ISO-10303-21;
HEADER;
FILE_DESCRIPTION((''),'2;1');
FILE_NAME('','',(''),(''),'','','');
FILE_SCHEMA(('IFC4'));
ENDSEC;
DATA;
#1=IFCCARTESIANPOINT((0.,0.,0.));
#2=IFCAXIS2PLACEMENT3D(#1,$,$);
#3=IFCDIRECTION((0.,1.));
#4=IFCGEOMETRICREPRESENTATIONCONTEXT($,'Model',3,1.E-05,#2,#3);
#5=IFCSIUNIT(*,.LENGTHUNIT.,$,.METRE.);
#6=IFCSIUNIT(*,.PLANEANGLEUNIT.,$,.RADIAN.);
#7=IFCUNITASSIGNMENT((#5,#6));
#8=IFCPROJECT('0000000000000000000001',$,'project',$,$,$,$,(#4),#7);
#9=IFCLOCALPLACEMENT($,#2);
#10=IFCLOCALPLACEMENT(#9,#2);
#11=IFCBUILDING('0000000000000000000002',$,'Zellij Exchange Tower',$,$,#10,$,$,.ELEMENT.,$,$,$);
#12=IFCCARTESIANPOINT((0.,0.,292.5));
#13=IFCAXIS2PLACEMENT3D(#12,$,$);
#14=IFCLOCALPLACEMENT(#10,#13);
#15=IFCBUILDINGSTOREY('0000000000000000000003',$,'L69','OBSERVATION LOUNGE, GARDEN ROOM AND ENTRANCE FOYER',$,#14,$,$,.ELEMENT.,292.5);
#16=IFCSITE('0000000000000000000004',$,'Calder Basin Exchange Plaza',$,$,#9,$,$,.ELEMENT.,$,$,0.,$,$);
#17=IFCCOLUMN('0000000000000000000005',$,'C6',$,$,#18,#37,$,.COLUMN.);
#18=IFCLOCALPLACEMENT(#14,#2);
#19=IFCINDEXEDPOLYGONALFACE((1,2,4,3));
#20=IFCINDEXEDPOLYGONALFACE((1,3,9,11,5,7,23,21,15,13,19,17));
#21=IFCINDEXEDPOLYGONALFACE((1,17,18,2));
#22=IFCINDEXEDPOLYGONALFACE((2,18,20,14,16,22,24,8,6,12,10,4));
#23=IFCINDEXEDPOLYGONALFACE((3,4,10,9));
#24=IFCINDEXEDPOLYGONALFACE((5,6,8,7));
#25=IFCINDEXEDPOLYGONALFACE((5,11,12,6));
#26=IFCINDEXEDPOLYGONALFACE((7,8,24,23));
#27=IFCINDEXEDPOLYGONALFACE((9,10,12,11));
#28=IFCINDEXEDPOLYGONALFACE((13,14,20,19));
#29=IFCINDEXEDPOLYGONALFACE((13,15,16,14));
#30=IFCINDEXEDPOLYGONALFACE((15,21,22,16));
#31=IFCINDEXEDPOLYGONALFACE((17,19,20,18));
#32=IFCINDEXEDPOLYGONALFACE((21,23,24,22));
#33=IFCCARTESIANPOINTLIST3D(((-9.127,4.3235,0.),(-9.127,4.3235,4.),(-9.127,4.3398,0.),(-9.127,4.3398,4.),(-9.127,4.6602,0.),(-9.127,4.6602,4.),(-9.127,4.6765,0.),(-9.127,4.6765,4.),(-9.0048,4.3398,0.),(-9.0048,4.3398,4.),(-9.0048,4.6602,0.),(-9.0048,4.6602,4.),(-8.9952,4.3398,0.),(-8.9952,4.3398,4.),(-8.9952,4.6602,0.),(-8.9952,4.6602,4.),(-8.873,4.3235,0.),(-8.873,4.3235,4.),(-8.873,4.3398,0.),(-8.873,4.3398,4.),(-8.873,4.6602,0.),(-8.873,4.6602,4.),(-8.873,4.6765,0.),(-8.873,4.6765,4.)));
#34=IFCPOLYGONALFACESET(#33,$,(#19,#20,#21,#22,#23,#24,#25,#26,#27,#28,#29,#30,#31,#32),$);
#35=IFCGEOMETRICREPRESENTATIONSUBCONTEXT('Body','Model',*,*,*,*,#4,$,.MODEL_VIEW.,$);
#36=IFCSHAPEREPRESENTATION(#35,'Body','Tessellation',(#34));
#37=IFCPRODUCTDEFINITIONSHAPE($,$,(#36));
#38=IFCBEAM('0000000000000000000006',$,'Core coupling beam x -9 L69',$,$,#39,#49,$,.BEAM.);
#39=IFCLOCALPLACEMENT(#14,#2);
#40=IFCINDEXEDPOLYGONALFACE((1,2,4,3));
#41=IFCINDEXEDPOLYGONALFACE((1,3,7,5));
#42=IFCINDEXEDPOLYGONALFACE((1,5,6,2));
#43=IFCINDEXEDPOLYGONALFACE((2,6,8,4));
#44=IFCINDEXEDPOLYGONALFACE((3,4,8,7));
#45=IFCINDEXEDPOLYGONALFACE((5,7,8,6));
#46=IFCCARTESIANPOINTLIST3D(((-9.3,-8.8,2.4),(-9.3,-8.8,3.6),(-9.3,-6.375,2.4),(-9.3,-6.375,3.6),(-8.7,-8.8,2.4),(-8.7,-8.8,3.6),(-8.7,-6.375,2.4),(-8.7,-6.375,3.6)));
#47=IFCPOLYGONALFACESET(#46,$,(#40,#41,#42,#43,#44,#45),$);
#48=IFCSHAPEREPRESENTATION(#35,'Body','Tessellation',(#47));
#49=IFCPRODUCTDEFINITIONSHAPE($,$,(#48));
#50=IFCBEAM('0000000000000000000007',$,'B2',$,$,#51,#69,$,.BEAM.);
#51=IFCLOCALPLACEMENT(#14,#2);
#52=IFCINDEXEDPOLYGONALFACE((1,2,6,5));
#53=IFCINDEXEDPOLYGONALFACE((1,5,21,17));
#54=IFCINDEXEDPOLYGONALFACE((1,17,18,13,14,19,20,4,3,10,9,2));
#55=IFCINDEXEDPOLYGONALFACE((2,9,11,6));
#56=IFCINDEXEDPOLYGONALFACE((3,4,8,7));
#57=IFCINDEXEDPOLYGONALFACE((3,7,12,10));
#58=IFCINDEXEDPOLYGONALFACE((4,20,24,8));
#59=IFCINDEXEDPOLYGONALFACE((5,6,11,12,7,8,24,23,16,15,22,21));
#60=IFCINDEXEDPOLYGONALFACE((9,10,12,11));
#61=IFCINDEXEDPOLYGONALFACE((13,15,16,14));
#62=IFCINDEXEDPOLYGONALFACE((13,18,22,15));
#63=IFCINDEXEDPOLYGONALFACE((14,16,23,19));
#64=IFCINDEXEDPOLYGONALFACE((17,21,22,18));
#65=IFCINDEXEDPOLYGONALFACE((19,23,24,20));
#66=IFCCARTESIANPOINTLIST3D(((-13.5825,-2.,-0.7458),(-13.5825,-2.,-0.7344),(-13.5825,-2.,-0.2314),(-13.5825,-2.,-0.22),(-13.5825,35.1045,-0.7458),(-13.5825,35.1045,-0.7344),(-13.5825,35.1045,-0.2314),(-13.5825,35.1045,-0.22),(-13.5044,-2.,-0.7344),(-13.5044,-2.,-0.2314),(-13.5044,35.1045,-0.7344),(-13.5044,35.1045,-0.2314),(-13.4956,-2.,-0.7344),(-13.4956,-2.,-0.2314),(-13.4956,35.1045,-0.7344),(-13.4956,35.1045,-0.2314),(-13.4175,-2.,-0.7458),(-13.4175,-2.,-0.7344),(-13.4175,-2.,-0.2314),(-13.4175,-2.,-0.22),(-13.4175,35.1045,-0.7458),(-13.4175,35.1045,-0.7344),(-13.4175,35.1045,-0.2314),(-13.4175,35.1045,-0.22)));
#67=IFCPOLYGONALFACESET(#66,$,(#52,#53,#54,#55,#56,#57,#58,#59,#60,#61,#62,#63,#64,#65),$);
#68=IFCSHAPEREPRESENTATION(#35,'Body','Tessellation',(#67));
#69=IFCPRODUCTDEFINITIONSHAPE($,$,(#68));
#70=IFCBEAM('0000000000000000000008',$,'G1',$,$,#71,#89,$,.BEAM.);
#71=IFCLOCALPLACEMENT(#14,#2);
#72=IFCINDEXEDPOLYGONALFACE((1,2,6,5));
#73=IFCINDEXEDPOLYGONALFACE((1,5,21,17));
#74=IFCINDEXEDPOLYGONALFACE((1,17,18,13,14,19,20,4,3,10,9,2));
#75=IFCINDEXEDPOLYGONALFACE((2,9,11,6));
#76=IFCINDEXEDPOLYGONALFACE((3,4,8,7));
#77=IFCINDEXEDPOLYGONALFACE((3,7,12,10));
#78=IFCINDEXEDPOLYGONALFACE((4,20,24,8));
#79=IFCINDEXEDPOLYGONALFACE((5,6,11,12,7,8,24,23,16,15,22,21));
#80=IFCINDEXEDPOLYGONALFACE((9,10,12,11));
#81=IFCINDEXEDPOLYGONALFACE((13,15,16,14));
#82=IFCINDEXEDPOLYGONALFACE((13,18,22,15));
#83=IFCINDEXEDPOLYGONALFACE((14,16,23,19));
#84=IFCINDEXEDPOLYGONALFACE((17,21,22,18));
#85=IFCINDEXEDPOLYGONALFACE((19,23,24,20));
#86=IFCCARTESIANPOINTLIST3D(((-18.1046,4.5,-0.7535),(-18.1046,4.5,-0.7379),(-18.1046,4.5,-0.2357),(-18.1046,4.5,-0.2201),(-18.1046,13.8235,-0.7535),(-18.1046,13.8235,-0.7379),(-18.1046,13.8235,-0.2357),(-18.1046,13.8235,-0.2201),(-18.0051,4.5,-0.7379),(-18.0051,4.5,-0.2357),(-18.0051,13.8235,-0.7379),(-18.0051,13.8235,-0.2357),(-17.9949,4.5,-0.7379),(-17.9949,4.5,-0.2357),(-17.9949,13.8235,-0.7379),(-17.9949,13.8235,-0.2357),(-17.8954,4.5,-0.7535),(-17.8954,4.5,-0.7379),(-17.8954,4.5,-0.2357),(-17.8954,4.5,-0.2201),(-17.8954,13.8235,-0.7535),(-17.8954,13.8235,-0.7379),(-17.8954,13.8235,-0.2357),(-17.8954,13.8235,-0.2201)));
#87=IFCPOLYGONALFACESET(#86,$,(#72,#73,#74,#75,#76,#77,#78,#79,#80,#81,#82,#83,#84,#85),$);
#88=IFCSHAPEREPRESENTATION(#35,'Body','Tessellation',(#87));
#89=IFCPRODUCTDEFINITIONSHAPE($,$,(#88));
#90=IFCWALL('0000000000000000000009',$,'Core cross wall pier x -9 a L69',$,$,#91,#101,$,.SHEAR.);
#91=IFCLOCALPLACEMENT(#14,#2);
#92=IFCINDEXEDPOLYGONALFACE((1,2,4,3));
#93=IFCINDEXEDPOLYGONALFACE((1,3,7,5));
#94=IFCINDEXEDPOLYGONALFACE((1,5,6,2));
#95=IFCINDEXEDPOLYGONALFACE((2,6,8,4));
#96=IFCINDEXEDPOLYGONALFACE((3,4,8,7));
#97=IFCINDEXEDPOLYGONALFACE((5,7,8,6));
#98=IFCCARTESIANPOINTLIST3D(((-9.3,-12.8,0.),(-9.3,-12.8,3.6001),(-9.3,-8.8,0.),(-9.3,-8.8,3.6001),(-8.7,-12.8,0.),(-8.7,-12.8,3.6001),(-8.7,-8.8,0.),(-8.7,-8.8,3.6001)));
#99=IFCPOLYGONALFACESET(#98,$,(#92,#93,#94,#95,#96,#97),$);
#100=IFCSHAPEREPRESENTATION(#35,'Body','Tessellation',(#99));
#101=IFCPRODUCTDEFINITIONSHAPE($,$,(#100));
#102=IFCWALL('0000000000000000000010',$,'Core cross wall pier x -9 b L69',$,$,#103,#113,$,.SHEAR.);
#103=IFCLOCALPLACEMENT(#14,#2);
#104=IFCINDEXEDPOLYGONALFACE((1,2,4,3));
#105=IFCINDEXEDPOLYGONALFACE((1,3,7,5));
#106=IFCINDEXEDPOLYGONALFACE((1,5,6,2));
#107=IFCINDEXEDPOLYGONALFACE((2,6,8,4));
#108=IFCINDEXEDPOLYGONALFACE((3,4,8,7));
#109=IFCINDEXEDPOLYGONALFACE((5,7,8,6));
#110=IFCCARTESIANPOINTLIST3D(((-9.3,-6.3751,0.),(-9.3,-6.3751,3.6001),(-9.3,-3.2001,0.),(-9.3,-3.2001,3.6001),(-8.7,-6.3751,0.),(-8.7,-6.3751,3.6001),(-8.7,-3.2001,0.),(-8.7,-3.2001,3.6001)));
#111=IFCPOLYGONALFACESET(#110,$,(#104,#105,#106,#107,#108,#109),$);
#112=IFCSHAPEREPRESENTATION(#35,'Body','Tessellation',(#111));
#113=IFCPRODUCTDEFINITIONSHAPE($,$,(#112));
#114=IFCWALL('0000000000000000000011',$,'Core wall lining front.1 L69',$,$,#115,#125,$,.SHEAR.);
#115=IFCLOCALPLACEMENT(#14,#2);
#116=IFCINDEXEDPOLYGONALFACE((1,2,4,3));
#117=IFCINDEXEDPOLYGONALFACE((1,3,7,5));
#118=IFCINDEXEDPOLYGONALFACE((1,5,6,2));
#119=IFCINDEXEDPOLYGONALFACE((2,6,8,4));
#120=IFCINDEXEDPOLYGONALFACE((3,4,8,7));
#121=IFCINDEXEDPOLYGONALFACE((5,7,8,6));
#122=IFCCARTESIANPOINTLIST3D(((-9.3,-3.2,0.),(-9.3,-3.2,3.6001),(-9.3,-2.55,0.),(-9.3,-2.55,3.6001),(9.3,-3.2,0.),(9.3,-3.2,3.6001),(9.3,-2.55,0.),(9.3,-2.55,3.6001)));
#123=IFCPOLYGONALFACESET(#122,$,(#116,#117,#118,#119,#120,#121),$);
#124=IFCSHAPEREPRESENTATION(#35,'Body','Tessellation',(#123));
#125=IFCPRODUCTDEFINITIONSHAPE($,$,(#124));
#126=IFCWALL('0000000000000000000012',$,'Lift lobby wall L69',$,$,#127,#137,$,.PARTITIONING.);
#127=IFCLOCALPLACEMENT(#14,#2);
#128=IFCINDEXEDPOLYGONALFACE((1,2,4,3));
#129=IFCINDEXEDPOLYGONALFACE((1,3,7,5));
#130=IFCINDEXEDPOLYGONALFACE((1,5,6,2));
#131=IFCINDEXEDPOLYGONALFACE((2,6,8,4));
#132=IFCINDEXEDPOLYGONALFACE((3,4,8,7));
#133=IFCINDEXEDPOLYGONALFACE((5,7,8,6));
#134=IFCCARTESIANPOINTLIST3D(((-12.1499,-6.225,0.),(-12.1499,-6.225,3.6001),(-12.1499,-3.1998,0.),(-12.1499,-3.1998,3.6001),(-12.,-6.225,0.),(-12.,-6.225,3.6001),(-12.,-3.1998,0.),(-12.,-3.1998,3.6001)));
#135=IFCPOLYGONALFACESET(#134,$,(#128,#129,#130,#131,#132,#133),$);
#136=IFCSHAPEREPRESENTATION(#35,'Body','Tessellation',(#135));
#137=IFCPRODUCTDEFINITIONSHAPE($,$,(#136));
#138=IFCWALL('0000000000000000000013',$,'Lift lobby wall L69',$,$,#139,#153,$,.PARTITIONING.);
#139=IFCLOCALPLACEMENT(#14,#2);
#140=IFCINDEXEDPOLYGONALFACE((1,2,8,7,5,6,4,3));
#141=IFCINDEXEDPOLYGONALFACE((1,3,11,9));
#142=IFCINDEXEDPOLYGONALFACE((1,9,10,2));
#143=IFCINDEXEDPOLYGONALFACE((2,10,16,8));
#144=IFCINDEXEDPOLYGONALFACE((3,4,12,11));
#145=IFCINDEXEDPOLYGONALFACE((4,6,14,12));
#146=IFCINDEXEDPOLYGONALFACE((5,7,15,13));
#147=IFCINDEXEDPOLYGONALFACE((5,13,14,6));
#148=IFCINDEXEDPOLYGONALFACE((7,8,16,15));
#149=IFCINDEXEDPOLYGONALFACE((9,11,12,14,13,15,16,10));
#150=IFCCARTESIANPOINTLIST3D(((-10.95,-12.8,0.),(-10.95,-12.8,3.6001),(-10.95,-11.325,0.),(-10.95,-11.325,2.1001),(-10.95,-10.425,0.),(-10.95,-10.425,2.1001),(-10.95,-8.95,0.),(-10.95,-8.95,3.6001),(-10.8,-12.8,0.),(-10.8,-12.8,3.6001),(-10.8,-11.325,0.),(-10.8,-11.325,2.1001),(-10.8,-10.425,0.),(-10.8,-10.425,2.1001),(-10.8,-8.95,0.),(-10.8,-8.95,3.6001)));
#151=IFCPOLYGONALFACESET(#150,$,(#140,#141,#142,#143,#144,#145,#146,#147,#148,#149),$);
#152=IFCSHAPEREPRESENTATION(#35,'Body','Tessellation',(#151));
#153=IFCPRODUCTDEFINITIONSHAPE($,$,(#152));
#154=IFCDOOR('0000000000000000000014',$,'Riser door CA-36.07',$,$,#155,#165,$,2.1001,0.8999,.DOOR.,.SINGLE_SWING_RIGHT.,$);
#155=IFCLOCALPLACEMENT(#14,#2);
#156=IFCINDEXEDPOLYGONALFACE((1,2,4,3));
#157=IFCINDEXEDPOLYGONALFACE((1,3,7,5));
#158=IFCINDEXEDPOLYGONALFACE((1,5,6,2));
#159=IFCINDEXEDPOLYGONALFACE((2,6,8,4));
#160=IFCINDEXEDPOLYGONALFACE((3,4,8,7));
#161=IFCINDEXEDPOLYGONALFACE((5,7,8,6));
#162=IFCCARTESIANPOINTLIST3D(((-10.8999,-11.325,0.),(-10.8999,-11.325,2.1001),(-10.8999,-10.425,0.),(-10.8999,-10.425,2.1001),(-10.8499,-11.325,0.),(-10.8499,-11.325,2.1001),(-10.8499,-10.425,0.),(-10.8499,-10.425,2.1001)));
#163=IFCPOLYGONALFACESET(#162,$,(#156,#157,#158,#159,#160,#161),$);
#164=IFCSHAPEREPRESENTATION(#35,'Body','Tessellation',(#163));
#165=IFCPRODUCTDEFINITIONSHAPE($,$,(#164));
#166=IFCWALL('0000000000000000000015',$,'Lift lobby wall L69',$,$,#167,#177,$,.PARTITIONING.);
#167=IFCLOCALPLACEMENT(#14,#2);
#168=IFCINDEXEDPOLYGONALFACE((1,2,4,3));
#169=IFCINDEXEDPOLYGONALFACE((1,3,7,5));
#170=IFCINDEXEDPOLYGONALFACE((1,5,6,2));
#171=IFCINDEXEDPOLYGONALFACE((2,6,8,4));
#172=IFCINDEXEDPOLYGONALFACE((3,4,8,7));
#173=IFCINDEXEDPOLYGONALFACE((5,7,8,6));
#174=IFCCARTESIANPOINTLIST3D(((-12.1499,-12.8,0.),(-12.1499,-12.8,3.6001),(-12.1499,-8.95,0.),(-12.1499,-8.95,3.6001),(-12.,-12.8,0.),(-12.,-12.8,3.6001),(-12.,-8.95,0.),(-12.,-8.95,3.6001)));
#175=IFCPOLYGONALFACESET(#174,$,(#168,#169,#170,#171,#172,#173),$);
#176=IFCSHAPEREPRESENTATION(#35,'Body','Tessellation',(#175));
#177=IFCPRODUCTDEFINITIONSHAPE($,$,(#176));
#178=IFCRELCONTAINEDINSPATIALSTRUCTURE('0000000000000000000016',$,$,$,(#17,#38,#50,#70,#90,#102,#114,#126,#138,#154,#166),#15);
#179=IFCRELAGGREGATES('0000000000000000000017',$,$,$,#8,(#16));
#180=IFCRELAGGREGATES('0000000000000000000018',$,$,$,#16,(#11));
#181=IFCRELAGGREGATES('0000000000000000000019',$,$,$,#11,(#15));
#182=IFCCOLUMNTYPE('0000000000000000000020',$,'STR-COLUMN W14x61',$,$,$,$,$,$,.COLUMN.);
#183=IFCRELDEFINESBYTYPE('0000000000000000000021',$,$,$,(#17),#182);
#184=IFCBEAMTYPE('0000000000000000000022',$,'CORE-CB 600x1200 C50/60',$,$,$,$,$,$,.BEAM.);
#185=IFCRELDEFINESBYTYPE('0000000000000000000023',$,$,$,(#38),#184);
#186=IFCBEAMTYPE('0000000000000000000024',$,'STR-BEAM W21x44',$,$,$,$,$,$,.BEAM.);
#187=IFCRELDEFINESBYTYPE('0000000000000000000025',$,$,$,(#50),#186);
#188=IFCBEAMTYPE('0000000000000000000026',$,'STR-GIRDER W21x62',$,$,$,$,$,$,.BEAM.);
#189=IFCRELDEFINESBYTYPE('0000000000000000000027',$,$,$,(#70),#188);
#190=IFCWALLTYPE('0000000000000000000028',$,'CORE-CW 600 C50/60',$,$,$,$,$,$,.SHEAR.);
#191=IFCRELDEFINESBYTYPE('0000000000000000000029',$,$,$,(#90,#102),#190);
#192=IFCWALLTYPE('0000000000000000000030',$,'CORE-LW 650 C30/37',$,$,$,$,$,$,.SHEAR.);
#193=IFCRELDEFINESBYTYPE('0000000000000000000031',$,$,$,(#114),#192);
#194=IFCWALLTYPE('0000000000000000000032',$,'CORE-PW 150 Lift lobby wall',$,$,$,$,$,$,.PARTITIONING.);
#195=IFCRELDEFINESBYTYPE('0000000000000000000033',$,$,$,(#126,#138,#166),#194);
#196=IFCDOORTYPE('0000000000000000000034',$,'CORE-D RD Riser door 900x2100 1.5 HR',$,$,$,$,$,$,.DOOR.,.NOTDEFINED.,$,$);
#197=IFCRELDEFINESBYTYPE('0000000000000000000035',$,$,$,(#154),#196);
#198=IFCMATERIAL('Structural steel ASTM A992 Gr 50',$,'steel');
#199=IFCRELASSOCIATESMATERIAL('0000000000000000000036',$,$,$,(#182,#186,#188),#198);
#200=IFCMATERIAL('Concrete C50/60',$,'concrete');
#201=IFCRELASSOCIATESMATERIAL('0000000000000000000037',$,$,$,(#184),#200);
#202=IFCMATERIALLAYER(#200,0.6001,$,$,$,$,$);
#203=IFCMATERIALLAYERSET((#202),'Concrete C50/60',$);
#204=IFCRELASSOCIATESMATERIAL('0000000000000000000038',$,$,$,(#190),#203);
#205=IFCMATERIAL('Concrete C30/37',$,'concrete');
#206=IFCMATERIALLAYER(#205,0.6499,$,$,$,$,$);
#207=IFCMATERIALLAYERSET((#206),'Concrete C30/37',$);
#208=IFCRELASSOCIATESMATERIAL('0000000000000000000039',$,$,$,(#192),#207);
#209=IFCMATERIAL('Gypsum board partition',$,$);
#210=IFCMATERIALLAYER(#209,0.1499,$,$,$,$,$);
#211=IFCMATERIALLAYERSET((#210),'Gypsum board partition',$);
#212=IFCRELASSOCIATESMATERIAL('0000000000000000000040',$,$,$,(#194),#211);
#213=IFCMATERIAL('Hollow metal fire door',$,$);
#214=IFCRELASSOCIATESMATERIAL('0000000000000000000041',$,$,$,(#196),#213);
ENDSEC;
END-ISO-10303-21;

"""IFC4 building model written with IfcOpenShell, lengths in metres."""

from ifc_helpers import new_model, si_unit, direction, frame, frame_2d, origin, origin_2d, place, context, subcontext, project, spatial, rectangle, i_section, extrude, material, layer, layer_set, material_profile, profile_set, type_object, element, fill, save


model = new_model("IFC4")

# Units and contexts
model_context = context("Model", 3, precision=1e-05, world=origin(), true_north=direction((0.0, 1.0)))
body_context = subcontext(model_context, "Body", "Model", "MODEL_VIEW")
ifc_project = project(units=[si_unit("LENGTHUNIT", "METRE"), si_unit("PLANEANGLEUNIT", "RADIAN")], contexts=[model_context])

# Site, building, storey
site_placement = place(None, origin())
site = spatial("IfcSite", under=ifc_project, at=site_placement, Name="Calder Basin Exchange Plaza", CompositionType="ELEMENT", RefElevation=0.0)
building_placement = place(site_placement, origin())
building = spatial("IfcBuilding", under=site, at=building_placement, Name="Zellij Exchange Tower", CompositionType="ELEMENT")
storey_placement = place(building_placement, frame((0.0, 0.0, 292.5)))
storey = spatial("IfcBuildingStorey", under=building, at=storey_placement, Name="L69", Description="OBSERVATION LOUNGE, GARDEN ROOM AND ENTRANCE FOYER", CompositionType="ELEMENT", Elevation=292.5)

# Column
ifc_material_1 = material(Name="Structural steel ASTM A992 Gr 50", Category="steel")
ifc_material_profile_1 = material_profile(ifc_material_1, i_section(OverallWidth=0.2539, OverallDepth=0.353, WebThickness=0.0095, FlangeThickness=0.0164, at=origin_2d()), Name="W14x61")
ifc_profile_set_1 = profile_set([ifc_material_profile_1], Name="Structural steel ASTM A992 Gr 50")
column_type = type_object("IfcColumnType", Name="STR-COLUMN W14x61", PredefinedType="COLUMN", material=ifc_profile_set_1)
column_placement = place(storey_placement, frame((-9.0, 4.5, 0.0), z_axis=(0.0, 0.0, 1.0), x_axis=(1.0, 0.0, 0.0)))
element("IfcColumn", 1, at=column_placement, inside=storey, type_object=column_type, Name="C6", PredefinedType="COLUMN", context=body_context, shape_type="SweptSolid", body=[
    extrude(i_section(OverallWidth=0.2539, OverallDepth=0.353, WebThickness=0.0095, FlangeThickness=0.0164, at=origin_2d()), origin(), (0.0, 0.0, 1.0), 4.0),
])

# Beams
ifc_material_2 = material(Name="Concrete C50/60", Category="concrete")
ifc_material_profile_2 = material_profile(ifc_material_2, rectangle(XDim=0.6001, YDim=1.2, at=origin_2d()), Name="CORE-CB 600x1200 C50/60")
ifc_profile_set_2 = profile_set([ifc_material_profile_2], Name="Concrete C50/60")
beam_type_1 = type_object("IfcBeamType", Name="CORE-CB 600x1200 C50/60", PredefinedType="BEAM", material=ifc_profile_set_2)
beam_1_placement = place(storey_placement, frame((-9.0, -8.8, 3.0), z_axis=(0.0, 1.0, 0.0), x_axis=(-1.0, 0.0, 0.0)))
element("IfcBeam", 2, at=beam_1_placement, inside=storey, type_object=beam_type_1, Name="Core coupling beam x -9 L69", PredefinedType="BEAM", context=body_context, shape_type="SweptSolid", body=[
    extrude(rectangle(XDim=0.6001, YDim=1.2, at=origin_2d()), origin(), (0.0, 0.0, 1.0), 2.425),
])
ifc_material_profile_3 = material_profile(ifc_material_1, i_section(OverallWidth=0.165, OverallDepth=0.5259, WebThickness=0.0088, FlangeThickness=0.0115, at=origin_2d()), Name="W21x44")
ifc_profile_set_3 = profile_set([ifc_material_profile_3], Name="Structural steel ASTM A992 Gr 50")
beam_type_2 = type_object("IfcBeamType", Name="STR-BEAM W21x44", PredefinedType="BEAM", material=ifc_profile_set_3)
beam_2_placement = place(storey_placement, frame((-13.5, -2.0, -0.4829), z_axis=(0.0, 1.0, 0.0), x_axis=(-1.0, 0.0, 0.0)))
element("IfcBeam", 3, at=beam_2_placement, inside=storey, type_object=beam_type_2, Name="B2", PredefinedType="BEAM", context=body_context, shape_type="SweptSolid", body=[
    extrude(i_section(OverallWidth=0.165, OverallDepth=0.5259, WebThickness=0.0088, FlangeThickness=0.0115, at=origin_2d()), origin(), (0.0, 0.0, 1.0), 37.1045),
])
ifc_material_profile_4 = material_profile(ifc_material_1, i_section(OverallWidth=0.2092, OverallDepth=0.5334, WebThickness=0.0103, FlangeThickness=0.0156, at=origin_2d()), Name="W21x62")
ifc_profile_set_4 = profile_set([ifc_material_profile_4], Name="Structural steel ASTM A992 Gr 50")
beam_type_3 = type_object("IfcBeamType", Name="STR-GIRDER W21x62", PredefinedType="BEAM", material=ifc_profile_set_4)
beam_3_placement = place(storey_placement, frame((-18.0, 4.5, -0.4868), z_axis=(0.0, 1.0, 0.0), x_axis=(-1.0, 0.0, 0.0)))
element("IfcBeam", 4, at=beam_3_placement, inside=storey, type_object=beam_type_3, Name="G1", PredefinedType="BEAM", context=body_context, shape_type="SweptSolid", body=[
    extrude(i_section(OverallWidth=0.2092, OverallDepth=0.5334, WebThickness=0.0103, FlangeThickness=0.0156, at=origin_2d()), origin(), (0.0, 0.0, 1.0), 9.3235),
])

# Walls
ifc_layer_1 = layer(ifc_material_2, 0.6001)
ifc_layer_set_1 = layer_set([ifc_layer_1], Name="Concrete C50/60")
wall_type_1 = type_object("IfcWallType", Name="CORE-CW 600 C50/60", PredefinedType="SHEAR", material=ifc_layer_set_1)
wall_1_placement = place(storey_placement, frame((-9.0, -12.8, 0.0), z_axis=(0.0, 0.0, 1.0), x_axis=(0.0, 1.0, 0.0)))
element("IfcWall", 5, at=wall_1_placement, inside=storey, type_object=wall_type_1, Name="Core cross wall pier x -9 a L69", PredefinedType="SHEAR", context=body_context, shape_type="SweptSolid", body=[
    extrude(rectangle(XDim=4.0, YDim=0.6001, at=frame_2d((2.0, 0.0))), origin(), (0.0, 0.0, 1.0), 3.6001),
])
wall_2_placement = place(storey_placement, frame((-9.0, -6.375, 0.0), z_axis=(0.0, 0.0, 1.0), x_axis=(0.0, 1.0, 0.0)))
element("IfcWall", 6, at=wall_2_placement, inside=storey, type_object=wall_type_1, Name="Core cross wall pier x -9 b L69", PredefinedType="SHEAR", context=body_context, shape_type="SweptSolid", body=[
    extrude(rectangle(XDim=3.175, YDim=0.6001, at=frame_2d((1.5874, 0.0))), origin(), (0.0, 0.0, 1.0), 3.6001),
])
ifc_material_3 = material(Name="Concrete C30/37", Category="concrete")
ifc_layer_2 = layer(ifc_material_3, 0.6499)
ifc_layer_set_2 = layer_set([ifc_layer_2], Name="Concrete C30/37")
wall_type_2 = type_object("IfcWallType", Name="CORE-LW 650 C30/37", PredefinedType="SHEAR", material=ifc_layer_set_2)
wall_3_placement = place(storey_placement, frame((-9.3, -2.875, 0.0), z_axis=(0.0, 0.0, 1.0), x_axis=(1.0, 0.0, 0.0)))
element("IfcWall", 7, at=wall_3_placement, inside=storey, type_object=wall_type_2, Name="Core wall lining front.1 L69", PredefinedType="SHEAR", context=body_context, shape_type="SweptSolid", body=[
    extrude(rectangle(XDim=18.6001, YDim=0.6499, at=frame_2d((9.3, 0.0))), origin(), (0.0, 0.0, 1.0), 3.6001),
])
ifc_material_4 = material(Name="Gypsum board partition")
ifc_layer_3 = layer(ifc_material_4, 0.1499)
ifc_layer_set_3 = layer_set([ifc_layer_3], Name="Gypsum board partition")
wall_type_3 = type_object("IfcWallType", Name="CORE-PW 150 Lift lobby wall", PredefinedType="PARTITIONING", material=ifc_layer_set_3)
wall_4_placement = place(storey_placement, frame((-12.075, -6.2251, 0.0), z_axis=(0.0, 0.0, 1.0), x_axis=(0.0, 1.0, 0.0)))
element("IfcWall", 8, at=wall_4_placement, inside=storey, type_object=wall_type_3, Name="Lift lobby wall L69", PredefinedType="PARTITIONING", context=body_context, shape_type="SweptSolid", body=[
    extrude(rectangle(XDim=3.0251, YDim=0.1499, at=frame_2d((1.5127, 0.0))), origin(), (0.0, 0.0, 1.0), 3.6001),
])

# Wall, opening, door
wall_5_placement = place(storey_placement, frame((-10.875, -12.8, 0.0), z_axis=(0.0, 0.0, 1.0), x_axis=(0.0, 1.0, 0.0)))
wall_5 = element("IfcWall", 9, at=wall_5_placement, inside=storey, type_object=wall_type_3, Name="Lift lobby wall L69", PredefinedType="PARTITIONING", context=body_context, shape_type="SweptSolid", body=[
    extrude(rectangle(XDim=3.8501, YDim=0.1499, at=frame_2d((1.925, 0.0))), origin(), (0.0, 0.0, 1.0), 3.6001),
])
opening_1_placement = place(wall_5_placement, frame((1.4751, 0.0, 0.0)))
opening_1 = element("IfcOpeningElement", 10, at=opening_1_placement, cuts=wall_5, PredefinedType="OPENING", context=body_context, shape_type="SweptSolid", body=[
    extrude(rectangle(XDim=0.8999, YDim=2.1001, at=frame_2d((0.45, 1.05))), frame((0.0, 0.0869, 0.0), z_axis=(0.0, -1.0, 0.0), x_axis=(1.0, 0.0, 0.0)), (0.0, 0.0, 1.0), 0.1738),
])
ifc_material_5 = material(Name="Hollow metal fire door")
door_type_1 = type_object("IfcDoorType", Name="CORE-D RD Riser door 900x2100 1.5 HR", OperationType="NOTDEFINED", PredefinedType="DOOR", material=ifc_material_5)
door_1_placement = place(opening_1_placement, origin())
door_1 = element("IfcDoor", 11, at=door_1_placement, inside=storey, type_object=door_type_1, Name="Riser door CA-36.07", OperationType="SINGLE_SWING_RIGHT", OverallHeight=2.1001, OverallWidth=0.8999, PredefinedType="DOOR", context=body_context, shape_type="SweptSolid", body=[
    extrude(rectangle(XDim=0.8999, YDim=2.1001, at=frame_2d((0.45, 1.05))), frame((0.0, 0.0249, 0.0), z_axis=(0.0, -1.0, 0.0), x_axis=(1.0, 0.0, 0.0)), (0.0, 0.0, 1.0), 0.05),
])
fill(opening_1, door_1)

# Wall
wall_6_placement = place(storey_placement, frame((-12.075, -12.8, 0.0), z_axis=(0.0, 0.0, 1.0), x_axis=(0.0, 1.0, 0.0)))
element("IfcWall", 12, at=wall_6_placement, inside=storey, type_object=wall_type_3, Name="Lift lobby wall L69", PredefinedType="PARTITIONING", context=body_context, shape_type="SweptSolid", body=[
    extrude(rectangle(XDim=3.8501, YDim=0.1499, at=frame_2d((1.925, 0.0))), origin(), (0.0, 0.0, 1.0), 3.6001),
])

save(model, "model.ifc")
